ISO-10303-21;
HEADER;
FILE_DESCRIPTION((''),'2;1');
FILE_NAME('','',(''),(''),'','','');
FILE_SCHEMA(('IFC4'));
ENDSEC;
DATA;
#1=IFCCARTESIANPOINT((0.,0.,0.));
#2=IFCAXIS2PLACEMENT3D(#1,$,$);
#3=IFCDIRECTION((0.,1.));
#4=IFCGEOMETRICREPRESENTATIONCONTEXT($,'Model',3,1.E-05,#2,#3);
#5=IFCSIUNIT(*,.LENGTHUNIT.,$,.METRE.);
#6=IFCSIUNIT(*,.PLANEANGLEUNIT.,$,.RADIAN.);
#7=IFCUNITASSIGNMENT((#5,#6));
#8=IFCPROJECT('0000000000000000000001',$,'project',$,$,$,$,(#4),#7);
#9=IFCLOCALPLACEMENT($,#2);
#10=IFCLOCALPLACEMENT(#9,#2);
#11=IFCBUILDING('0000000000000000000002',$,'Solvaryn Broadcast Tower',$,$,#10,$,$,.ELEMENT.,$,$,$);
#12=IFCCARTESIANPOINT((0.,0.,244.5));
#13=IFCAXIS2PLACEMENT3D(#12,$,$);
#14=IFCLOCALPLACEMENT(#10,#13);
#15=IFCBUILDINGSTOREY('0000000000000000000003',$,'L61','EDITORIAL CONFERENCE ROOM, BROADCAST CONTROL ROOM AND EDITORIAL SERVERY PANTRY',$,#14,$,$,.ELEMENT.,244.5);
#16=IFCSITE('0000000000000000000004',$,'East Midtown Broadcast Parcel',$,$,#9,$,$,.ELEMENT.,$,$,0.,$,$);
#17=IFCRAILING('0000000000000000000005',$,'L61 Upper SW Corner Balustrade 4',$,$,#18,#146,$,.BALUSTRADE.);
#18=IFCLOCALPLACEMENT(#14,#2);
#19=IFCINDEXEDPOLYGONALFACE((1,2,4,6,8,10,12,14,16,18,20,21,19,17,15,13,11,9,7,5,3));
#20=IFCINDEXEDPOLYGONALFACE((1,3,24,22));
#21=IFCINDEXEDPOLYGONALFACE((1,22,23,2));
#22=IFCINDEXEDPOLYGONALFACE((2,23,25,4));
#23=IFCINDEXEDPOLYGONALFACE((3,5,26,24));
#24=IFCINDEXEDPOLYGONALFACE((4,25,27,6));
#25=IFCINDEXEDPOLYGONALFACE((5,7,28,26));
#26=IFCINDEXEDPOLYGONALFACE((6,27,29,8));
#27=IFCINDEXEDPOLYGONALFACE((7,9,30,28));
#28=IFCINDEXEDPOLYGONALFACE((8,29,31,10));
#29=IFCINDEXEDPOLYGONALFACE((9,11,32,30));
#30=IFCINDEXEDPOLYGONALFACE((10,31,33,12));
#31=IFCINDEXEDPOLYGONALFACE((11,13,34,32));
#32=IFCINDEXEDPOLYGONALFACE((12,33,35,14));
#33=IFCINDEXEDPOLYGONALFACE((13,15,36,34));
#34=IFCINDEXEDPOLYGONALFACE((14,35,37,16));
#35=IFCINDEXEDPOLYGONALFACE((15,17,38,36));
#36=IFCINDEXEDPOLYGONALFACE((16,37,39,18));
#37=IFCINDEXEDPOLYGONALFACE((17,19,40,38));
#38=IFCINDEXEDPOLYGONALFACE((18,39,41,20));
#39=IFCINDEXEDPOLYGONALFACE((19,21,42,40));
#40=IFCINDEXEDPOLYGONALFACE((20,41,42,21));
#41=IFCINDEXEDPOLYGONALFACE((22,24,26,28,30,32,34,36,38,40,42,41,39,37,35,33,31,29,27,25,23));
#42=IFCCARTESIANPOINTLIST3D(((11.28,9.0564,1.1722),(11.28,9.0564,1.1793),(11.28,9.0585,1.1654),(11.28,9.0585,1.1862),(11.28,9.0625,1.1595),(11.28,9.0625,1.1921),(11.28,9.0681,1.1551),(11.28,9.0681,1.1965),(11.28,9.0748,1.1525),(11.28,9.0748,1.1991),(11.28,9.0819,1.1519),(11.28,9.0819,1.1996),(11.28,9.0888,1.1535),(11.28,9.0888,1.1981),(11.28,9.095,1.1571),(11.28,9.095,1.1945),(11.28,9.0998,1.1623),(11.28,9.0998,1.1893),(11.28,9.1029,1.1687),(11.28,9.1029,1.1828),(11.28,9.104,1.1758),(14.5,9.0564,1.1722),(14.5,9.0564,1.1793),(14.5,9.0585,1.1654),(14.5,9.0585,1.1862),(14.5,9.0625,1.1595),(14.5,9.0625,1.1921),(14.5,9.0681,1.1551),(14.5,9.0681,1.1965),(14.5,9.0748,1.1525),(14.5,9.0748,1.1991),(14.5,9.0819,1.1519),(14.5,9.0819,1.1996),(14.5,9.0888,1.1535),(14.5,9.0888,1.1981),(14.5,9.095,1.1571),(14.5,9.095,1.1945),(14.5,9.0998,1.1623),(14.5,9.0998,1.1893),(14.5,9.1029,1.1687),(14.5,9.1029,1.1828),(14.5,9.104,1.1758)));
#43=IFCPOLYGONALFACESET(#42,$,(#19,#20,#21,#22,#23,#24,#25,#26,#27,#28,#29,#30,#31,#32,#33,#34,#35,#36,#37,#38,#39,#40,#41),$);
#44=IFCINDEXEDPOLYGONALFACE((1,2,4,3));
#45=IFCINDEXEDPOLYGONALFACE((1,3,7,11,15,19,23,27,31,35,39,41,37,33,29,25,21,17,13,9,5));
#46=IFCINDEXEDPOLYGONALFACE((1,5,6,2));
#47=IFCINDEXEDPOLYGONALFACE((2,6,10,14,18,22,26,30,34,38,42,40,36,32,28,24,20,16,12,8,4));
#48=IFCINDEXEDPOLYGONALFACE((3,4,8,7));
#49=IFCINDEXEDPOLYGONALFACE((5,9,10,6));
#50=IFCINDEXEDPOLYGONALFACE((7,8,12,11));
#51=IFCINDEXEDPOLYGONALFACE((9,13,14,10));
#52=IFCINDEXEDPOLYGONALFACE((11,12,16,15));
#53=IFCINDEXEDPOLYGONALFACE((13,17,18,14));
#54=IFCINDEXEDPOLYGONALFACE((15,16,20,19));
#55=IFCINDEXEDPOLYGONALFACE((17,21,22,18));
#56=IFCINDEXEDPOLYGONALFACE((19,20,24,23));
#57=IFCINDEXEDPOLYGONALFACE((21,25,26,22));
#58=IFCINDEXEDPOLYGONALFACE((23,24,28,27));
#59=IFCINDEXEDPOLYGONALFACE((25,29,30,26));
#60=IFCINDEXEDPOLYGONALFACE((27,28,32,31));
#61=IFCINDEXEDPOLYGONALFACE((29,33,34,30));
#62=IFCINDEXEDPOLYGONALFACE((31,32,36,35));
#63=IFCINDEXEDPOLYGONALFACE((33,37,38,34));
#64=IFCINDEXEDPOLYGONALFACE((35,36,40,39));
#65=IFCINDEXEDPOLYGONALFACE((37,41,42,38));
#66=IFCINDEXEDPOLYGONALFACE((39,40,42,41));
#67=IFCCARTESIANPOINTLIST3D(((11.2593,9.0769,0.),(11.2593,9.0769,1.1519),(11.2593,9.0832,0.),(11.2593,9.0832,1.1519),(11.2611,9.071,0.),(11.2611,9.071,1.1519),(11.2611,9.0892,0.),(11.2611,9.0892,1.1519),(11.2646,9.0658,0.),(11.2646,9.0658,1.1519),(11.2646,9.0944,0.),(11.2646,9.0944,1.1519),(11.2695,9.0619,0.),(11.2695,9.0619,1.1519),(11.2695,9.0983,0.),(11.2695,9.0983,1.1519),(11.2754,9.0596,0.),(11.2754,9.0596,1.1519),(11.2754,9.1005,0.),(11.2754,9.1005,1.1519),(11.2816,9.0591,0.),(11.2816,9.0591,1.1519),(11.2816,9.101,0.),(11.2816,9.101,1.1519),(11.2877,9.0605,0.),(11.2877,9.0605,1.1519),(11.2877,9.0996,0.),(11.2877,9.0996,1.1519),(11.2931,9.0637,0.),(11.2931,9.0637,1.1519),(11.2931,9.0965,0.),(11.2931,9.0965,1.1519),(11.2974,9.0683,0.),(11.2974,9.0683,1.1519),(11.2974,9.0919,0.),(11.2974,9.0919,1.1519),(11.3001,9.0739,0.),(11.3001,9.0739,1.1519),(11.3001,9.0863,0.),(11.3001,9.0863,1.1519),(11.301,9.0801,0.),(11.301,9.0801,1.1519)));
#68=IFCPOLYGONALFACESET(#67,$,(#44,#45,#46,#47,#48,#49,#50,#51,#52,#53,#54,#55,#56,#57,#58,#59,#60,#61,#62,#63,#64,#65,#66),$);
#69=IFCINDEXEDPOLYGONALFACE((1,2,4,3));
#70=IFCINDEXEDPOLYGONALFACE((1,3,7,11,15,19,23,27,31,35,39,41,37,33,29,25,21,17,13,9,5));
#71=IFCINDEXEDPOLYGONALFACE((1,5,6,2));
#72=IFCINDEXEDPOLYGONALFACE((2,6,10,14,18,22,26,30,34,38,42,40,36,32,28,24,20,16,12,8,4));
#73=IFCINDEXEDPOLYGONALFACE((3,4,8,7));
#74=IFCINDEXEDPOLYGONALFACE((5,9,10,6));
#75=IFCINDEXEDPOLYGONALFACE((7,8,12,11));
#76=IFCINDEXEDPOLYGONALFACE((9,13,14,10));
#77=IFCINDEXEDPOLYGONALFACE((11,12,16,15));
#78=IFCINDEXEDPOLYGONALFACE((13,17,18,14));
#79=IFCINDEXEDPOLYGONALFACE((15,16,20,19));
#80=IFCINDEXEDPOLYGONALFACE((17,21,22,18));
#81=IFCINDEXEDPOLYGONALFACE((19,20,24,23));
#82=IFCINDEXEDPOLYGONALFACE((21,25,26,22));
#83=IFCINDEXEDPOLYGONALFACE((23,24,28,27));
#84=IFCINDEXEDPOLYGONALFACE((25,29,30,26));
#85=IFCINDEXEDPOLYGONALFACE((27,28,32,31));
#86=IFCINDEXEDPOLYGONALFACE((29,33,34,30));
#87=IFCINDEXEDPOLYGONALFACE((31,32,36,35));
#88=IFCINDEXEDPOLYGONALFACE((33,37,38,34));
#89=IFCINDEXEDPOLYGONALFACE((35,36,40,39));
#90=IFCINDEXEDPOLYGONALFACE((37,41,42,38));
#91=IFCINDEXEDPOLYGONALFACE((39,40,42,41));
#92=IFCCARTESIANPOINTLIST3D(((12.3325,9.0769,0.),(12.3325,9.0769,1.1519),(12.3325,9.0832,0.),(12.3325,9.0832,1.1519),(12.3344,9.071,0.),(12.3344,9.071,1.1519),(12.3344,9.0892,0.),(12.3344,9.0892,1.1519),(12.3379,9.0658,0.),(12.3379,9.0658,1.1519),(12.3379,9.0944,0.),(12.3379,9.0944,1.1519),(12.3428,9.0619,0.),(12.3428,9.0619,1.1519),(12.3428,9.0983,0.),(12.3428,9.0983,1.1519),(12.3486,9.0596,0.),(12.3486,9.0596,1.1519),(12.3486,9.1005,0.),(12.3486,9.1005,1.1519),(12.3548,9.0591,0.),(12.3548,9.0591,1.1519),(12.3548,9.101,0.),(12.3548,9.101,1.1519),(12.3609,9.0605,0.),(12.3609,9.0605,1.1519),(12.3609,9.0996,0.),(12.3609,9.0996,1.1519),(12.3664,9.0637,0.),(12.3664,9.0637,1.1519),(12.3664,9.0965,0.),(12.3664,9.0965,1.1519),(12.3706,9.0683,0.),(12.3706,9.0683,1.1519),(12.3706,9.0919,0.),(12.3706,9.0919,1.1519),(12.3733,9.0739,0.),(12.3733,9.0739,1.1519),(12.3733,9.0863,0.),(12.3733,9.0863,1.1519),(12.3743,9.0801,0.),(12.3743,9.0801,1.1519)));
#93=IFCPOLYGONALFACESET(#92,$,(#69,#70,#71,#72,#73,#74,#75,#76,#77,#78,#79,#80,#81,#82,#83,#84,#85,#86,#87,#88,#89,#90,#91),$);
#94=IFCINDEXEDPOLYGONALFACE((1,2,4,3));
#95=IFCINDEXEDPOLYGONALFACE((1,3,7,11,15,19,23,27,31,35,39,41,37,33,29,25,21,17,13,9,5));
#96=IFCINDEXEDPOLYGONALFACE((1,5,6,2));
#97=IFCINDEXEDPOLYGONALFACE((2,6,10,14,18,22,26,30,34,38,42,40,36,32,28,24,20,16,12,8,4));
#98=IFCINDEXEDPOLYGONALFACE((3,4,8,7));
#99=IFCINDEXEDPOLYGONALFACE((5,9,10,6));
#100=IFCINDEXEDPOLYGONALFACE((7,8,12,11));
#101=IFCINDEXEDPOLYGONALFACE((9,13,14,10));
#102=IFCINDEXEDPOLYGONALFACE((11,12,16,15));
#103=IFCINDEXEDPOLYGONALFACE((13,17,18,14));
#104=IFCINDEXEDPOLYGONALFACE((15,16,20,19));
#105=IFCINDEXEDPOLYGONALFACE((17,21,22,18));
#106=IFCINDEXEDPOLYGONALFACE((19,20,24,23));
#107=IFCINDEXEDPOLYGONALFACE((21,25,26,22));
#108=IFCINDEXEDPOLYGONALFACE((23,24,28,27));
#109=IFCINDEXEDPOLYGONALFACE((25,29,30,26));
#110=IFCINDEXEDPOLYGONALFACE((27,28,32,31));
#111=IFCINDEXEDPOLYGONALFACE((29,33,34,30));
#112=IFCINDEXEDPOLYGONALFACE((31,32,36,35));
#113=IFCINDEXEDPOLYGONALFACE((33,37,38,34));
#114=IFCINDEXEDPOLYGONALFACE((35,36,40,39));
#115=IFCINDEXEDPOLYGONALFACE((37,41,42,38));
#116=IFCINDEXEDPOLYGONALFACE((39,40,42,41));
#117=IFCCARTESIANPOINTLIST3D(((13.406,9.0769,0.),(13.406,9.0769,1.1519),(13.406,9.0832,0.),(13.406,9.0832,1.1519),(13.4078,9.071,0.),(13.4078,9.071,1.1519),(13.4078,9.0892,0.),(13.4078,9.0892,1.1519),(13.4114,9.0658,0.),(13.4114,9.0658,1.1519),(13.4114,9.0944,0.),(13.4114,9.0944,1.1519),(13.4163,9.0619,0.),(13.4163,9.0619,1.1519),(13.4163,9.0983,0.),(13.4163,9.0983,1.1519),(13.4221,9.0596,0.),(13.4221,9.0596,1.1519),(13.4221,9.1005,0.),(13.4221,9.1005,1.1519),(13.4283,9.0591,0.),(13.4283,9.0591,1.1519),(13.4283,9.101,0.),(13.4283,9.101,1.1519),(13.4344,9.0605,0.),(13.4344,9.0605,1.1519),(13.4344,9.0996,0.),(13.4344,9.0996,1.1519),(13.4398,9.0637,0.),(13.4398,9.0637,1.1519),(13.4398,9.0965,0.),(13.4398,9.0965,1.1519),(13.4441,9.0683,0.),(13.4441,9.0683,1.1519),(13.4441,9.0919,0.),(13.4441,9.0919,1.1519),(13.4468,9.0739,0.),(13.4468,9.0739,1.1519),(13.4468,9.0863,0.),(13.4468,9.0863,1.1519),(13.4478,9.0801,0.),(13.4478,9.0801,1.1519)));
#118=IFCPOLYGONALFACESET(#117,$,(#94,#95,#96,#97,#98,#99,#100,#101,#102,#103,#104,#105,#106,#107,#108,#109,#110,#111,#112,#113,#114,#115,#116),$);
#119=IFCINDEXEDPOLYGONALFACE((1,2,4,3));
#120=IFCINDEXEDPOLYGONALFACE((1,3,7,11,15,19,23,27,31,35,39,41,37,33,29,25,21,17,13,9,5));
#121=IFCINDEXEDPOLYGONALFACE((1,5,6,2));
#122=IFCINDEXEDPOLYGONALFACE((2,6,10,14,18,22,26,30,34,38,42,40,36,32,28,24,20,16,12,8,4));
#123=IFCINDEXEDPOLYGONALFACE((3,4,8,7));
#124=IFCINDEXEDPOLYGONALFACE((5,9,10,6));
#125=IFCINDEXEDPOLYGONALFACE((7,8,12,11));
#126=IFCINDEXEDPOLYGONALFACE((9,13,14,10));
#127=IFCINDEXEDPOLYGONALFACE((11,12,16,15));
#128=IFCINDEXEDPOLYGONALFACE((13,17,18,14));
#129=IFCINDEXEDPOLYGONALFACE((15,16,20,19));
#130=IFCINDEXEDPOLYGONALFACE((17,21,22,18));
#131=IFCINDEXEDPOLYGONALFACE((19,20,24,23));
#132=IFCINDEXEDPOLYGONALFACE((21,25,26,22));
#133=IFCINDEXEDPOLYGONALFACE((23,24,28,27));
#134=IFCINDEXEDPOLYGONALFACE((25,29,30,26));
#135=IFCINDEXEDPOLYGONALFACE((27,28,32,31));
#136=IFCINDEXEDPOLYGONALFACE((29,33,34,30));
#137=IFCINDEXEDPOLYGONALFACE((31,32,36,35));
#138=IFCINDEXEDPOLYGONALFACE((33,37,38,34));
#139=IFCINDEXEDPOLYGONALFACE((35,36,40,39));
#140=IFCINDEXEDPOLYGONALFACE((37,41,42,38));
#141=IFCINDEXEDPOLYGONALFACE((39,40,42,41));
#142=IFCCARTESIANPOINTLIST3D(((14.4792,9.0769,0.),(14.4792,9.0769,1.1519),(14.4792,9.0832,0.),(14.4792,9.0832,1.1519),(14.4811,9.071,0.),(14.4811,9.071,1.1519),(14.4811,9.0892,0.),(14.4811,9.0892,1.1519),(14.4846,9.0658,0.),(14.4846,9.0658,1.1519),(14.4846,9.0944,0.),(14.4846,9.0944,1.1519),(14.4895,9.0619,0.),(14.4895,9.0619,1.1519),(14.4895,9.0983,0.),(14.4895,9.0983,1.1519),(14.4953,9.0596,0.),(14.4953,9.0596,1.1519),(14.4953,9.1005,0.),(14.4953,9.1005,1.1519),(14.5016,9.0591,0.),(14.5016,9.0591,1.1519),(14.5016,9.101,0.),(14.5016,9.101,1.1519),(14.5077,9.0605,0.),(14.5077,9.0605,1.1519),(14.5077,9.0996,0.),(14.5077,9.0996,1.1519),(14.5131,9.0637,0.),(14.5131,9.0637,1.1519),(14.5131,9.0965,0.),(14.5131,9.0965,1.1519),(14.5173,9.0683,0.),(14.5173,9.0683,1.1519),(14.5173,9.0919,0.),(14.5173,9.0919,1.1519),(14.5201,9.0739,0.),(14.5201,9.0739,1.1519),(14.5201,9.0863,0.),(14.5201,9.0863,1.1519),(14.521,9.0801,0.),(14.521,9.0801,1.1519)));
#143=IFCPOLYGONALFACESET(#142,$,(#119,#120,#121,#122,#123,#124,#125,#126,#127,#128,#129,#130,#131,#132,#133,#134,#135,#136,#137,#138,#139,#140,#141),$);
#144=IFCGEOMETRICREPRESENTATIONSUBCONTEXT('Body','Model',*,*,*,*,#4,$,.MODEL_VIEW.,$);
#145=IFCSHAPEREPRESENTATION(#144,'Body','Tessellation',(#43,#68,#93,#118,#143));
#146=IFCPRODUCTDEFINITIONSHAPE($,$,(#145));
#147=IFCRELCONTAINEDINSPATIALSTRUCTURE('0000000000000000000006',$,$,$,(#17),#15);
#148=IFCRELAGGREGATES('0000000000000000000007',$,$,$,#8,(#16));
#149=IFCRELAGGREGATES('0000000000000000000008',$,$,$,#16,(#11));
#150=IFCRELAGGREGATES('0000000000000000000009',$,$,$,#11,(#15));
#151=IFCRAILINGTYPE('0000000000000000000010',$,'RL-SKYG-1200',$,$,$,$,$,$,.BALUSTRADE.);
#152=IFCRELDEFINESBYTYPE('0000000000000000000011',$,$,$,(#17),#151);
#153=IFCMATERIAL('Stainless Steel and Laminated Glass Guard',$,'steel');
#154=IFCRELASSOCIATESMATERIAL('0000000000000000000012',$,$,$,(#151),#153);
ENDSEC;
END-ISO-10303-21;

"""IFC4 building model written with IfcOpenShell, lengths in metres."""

from ifc_helpers import new_model, si_unit, direction, frame, origin, origin_2d, place, context, subcontext, project, spatial, circle, extrude, material, type_object, element, save


model = new_model("IFC4")

# Units and contexts
model_context = context("Model", 3, precision=1e-05, world=origin(), true_north=direction((0.0, 1.0)))
body_context = subcontext(model_context, "Body", "Model", "MODEL_VIEW")
ifc_project = project(units=[si_unit("LENGTHUNIT", "METRE"), si_unit("PLANEANGLEUNIT", "RADIAN")], contexts=[model_context])

# Site, building, storey
site_placement = place(None, origin())
site = spatial("IfcSite", under=ifc_project, at=site_placement, Name="East Midtown Broadcast Parcel", CompositionType="ELEMENT", RefElevation=0.0)
building_placement = place(site_placement, origin())
building = spatial("IfcBuilding", under=site, at=building_placement, Name="Solvaryn Broadcast Tower", CompositionType="ELEMENT")
storey_placement = place(building_placement, frame((0.0, 0.0, 244.5)))
storey = spatial("IfcBuildingStorey", under=building, at=storey_placement, Name="L61", Description="EDITORIAL CONFERENCE ROOM, BROADCAST CONTROL ROOM AND EDITORIAL SERVERY PANTRY", CompositionType="ELEMENT", Elevation=244.5)

# Railing
ifc_material_1 = material(Name="Stainless Steel and Laminated Glass Guard", Category="steel")
railing_type = type_object("IfcRailingType", Name="RL-SKYG-1200", PredefinedType="BALUSTRADE", material=ifc_material_1)
railing_1_placement = place(storey_placement, frame((11.28, 9.0801, 0.0)))
element("IfcRailing", 1, at=railing_1_placement, inside=storey, type_object=railing_type, Name="L61 Upper SW Corner Balustrade 4", PredefinedType="BALUSTRADE", context=body_context, shape_type="SweptSolid", body=[
    extrude(circle(Radius=0.0239, at=origin_2d()), frame((0.0, 0.0, 1.1758), z_axis=(1.0, 0.0, 0.0), x_axis=(0.0, 1.0, 0.0)), (0.0, 0.0, 1.0), 3.22),
    extrude(circle(Radius=0.021, at=origin_2d()), origin(), (0.0, 0.0, 1.0), 1.1519),
    extrude(circle(Radius=0.021, at=origin_2d()), frame((1.0732, 0.0, 0.0)), (0.0, 0.0, 1.0), 1.1519),
    extrude(circle(Radius=0.021, at=origin_2d()), frame((2.1467, 0.0, 0.0)), (0.0, 0.0, 1.0), 1.1519),
    extrude(circle(Radius=0.021, at=origin_2d()), frame((3.22, 0.0, 0.0)), (0.0, 0.0, 1.0), 1.1519),
])

save(model, "model.ifc")
